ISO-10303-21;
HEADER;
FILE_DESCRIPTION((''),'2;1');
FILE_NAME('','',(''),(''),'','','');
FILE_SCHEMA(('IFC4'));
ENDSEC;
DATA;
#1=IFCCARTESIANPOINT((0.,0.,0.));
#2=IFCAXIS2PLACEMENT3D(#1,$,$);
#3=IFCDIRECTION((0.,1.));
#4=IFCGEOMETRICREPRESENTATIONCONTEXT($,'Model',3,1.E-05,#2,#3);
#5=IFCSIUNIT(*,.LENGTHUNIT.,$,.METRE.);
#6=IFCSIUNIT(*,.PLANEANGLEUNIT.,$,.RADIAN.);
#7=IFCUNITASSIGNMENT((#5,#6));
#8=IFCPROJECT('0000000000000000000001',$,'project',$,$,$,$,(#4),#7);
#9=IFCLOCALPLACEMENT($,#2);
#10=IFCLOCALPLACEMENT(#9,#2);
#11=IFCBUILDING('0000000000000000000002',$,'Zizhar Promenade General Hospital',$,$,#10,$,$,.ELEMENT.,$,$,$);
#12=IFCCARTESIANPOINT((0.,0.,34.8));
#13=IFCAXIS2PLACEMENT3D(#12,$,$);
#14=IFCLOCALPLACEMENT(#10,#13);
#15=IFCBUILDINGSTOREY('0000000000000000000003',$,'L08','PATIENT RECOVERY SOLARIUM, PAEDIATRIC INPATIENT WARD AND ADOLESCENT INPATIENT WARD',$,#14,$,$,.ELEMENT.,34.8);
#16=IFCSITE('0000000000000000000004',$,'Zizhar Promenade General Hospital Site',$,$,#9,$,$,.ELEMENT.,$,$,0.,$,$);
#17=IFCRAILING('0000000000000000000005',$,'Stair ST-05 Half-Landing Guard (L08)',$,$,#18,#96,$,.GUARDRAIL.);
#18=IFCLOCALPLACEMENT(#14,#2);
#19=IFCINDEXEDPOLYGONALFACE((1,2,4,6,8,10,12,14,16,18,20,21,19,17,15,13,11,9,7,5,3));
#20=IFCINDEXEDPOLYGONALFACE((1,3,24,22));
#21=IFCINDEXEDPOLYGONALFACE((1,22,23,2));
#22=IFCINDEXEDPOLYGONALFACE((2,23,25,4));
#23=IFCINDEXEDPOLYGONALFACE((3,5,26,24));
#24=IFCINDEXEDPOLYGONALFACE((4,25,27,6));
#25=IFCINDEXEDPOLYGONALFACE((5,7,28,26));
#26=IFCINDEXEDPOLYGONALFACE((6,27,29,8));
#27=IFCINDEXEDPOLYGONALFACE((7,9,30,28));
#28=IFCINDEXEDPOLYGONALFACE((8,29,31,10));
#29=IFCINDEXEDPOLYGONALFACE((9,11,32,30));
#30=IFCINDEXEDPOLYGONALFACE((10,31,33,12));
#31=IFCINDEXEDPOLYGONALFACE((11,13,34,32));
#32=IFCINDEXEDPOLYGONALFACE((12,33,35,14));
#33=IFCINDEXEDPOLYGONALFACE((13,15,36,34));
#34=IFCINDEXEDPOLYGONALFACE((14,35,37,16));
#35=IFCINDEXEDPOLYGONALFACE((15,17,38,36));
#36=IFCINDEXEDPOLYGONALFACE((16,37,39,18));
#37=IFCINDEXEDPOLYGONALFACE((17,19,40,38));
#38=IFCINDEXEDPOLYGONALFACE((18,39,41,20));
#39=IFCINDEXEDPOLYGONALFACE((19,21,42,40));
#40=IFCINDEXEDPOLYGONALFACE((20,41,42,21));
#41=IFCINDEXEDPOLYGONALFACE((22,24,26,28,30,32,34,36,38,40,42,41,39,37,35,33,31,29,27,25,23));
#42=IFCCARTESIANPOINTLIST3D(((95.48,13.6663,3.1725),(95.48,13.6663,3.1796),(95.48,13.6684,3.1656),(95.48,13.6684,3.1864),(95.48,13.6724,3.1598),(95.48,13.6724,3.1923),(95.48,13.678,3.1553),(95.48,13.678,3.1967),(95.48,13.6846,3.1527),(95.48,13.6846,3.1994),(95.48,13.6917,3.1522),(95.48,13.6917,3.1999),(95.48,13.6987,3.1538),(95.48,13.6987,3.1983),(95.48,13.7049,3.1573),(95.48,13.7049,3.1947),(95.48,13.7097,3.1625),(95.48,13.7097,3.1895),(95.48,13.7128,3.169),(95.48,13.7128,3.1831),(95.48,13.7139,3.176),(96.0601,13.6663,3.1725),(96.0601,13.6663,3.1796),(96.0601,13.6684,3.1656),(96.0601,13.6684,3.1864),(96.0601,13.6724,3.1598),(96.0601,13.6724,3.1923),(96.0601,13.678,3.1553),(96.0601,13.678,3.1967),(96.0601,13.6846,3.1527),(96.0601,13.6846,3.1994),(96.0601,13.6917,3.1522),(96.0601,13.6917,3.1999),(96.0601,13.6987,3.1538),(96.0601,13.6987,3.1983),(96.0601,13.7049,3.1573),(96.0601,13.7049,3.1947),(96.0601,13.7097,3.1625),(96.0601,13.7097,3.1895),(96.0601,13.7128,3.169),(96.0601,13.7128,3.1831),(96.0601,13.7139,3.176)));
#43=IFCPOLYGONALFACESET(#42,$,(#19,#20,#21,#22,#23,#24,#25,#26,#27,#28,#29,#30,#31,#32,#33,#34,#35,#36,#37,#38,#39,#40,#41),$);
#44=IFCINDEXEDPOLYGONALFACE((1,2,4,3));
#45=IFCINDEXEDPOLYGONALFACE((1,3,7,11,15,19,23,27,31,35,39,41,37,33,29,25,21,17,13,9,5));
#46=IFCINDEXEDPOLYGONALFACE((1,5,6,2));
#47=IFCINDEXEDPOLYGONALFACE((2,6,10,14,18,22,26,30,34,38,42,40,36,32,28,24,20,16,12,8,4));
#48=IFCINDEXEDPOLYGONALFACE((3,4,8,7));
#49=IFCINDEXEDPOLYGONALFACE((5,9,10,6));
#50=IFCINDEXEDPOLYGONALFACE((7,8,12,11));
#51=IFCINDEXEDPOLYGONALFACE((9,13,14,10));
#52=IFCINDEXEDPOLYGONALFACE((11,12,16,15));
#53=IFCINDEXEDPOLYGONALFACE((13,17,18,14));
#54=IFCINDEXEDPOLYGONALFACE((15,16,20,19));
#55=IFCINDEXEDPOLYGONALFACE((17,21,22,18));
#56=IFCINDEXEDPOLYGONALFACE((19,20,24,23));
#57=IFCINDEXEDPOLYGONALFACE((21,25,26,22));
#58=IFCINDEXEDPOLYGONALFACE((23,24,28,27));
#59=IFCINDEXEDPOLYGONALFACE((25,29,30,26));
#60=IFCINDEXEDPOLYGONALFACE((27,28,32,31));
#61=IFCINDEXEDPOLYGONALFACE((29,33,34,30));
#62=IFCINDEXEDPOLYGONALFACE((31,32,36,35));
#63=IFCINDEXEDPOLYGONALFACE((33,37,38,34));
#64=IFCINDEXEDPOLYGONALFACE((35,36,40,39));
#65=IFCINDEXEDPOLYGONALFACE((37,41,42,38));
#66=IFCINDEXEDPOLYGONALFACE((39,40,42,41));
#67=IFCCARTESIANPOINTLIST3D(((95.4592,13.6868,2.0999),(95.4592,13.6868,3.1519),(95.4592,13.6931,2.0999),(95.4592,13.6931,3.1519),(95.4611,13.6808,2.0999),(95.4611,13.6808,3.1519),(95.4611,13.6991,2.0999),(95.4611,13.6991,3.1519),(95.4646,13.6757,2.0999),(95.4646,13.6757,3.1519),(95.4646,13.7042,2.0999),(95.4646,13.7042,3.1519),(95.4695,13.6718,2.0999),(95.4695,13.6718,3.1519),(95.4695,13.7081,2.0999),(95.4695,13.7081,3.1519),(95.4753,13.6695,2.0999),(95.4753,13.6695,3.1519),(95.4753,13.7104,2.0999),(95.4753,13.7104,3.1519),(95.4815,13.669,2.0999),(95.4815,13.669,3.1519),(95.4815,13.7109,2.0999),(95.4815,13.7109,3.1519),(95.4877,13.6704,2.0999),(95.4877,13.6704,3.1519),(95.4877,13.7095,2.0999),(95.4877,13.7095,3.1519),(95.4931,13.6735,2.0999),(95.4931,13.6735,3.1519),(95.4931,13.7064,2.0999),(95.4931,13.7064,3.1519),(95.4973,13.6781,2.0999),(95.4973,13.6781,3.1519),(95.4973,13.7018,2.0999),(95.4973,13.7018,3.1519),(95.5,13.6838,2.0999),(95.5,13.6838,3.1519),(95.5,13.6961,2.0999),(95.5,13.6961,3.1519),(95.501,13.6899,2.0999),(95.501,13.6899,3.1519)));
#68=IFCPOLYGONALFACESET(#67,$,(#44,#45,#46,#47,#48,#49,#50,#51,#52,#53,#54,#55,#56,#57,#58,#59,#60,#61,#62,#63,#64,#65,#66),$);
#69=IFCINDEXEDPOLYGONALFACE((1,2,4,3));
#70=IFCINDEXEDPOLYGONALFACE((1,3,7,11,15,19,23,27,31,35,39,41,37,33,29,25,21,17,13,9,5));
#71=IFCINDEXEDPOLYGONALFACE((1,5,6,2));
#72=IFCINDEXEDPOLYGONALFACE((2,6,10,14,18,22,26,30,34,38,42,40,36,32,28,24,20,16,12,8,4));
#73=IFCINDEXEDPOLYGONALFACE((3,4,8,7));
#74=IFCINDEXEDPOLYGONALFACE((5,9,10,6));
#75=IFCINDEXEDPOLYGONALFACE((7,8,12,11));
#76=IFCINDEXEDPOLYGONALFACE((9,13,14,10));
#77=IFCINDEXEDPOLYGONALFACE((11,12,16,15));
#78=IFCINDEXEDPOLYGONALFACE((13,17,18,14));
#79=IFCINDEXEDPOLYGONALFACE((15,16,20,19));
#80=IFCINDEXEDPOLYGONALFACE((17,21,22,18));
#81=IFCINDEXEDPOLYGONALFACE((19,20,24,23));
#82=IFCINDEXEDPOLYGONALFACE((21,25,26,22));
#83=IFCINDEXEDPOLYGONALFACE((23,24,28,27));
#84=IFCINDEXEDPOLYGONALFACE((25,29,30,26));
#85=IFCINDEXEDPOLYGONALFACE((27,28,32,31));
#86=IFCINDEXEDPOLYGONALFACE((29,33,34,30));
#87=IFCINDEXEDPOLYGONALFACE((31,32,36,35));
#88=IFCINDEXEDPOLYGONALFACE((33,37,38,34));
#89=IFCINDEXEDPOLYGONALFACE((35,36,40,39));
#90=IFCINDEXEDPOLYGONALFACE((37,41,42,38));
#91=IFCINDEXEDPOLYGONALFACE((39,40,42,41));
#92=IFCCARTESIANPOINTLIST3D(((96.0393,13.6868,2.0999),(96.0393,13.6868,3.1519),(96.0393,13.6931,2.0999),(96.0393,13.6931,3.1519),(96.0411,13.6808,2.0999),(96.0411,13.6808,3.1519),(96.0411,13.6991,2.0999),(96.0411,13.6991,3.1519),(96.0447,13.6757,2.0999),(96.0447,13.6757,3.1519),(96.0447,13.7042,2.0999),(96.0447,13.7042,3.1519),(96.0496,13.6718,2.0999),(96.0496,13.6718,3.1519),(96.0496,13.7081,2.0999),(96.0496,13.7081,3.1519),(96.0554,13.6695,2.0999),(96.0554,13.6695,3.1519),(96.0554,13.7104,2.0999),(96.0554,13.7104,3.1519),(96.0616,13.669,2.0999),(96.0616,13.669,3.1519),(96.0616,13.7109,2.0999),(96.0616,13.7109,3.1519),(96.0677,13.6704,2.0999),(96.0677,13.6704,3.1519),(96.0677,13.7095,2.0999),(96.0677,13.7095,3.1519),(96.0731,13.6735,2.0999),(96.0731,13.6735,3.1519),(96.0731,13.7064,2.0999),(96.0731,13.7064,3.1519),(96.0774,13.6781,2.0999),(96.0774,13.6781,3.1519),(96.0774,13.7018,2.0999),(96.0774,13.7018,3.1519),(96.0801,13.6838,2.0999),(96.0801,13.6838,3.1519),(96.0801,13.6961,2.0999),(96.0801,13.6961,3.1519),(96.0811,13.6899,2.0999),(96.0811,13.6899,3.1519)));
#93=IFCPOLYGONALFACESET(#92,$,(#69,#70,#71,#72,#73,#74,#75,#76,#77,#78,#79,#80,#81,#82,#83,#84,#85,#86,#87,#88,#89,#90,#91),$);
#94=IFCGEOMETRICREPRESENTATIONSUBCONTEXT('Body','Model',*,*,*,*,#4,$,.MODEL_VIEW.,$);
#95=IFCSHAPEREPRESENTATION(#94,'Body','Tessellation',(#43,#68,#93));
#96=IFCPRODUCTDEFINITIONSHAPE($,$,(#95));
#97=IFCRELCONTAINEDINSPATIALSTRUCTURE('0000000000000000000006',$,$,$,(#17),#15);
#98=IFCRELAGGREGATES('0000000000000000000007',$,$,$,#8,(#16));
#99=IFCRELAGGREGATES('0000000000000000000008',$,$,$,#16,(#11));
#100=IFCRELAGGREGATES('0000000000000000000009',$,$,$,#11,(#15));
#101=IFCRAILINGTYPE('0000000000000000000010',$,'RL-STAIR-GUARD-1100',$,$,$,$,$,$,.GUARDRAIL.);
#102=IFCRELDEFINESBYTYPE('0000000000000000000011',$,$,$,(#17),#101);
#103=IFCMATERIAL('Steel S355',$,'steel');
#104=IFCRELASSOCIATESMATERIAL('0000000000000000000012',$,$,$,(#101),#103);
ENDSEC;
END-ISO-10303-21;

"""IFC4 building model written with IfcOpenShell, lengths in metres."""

from ifc_helpers import new_model, si_unit, direction, frame, origin, origin_2d, place, context, subcontext, project, spatial, circle, hollow_circle, extrude, material, material_profile, profile_set, type_object, element, save


model = new_model("IFC4")

# Units and contexts
model_context = context("Model", 3, precision=1e-05, world=origin(), true_north=direction((0.0, 1.0)))
body_context = subcontext(model_context, "Body", "Model", "MODEL_VIEW")
ifc_project = project(units=[si_unit("LENGTHUNIT", "METRE"), si_unit("PLANEANGLEUNIT", "RADIAN")], contexts=[model_context])

# Site, building, storey
site_placement = place(None, origin())
site = spatial("IfcSite", under=ifc_project, at=site_placement, Name="Zizhar Promenade General Hospital Site", CompositionType="ELEMENT", RefElevation=0.0)
building_placement = place(site_placement, origin())
building = spatial("IfcBuilding", under=site, at=building_placement, Name="Zizhar Promenade General Hospital", CompositionType="ELEMENT")
storey_placement = place(building_placement, frame((0.0, 0.0, 34.8)))
storey = spatial("IfcBuildingStorey", under=building, at=storey_placement, Name="L08", Description="PATIENT RECOVERY SOLARIUM, PAEDIATRIC INPATIENT WARD AND ADOLESCENT INPATIENT WARD", CompositionType="ELEMENT", Elevation=34.8)

# Railing
ifc_material_1 = material(Name="Steel S355", Category="steel")
ifc_material_profile_1 = material_profile(ifc_material_1, hollow_circle(Radius=0.0698, WallThickness=0.0063, at=origin_2d()))
ifc_profile_set_1 = profile_set([ifc_material_profile_1], Name="Steel S355")
railing_type_1 = type_object("IfcRailingType", Name="RL-STAIR-GUARD-1100", PredefinedType="GUARDRAIL", material=ifc_profile_set_1)
railing_1_placement = place(storey_placement, frame((95.48, 13.6899, 2.0999)))
element("IfcRailing", 1, at=railing_1_placement, inside=storey, type_object=railing_type_1, Name="Stair ST-05 Half-Landing Guard (L08)", PredefinedType="GUARDRAIL", context=body_context, shape_type="SweptSolid", body=[
    extrude(circle(Radius=0.0239, at=origin_2d()), frame((0.0, 0.0, 1.0762), z_axis=(1.0, 0.0, 0.0), x_axis=(0.0, 1.0, 0.0)), (0.0, 0.0, 1.0), 0.5801),
    extrude(circle(Radius=0.021, at=origin_2d()), origin(), (0.0, 0.0, 1.0), 1.052),
    extrude(circle(Radius=0.021, at=origin_2d()), frame((0.5801, 0.0, 0.0)), (0.0, 0.0, 1.0), 1.052),
])

save(model, "model.ifc")
